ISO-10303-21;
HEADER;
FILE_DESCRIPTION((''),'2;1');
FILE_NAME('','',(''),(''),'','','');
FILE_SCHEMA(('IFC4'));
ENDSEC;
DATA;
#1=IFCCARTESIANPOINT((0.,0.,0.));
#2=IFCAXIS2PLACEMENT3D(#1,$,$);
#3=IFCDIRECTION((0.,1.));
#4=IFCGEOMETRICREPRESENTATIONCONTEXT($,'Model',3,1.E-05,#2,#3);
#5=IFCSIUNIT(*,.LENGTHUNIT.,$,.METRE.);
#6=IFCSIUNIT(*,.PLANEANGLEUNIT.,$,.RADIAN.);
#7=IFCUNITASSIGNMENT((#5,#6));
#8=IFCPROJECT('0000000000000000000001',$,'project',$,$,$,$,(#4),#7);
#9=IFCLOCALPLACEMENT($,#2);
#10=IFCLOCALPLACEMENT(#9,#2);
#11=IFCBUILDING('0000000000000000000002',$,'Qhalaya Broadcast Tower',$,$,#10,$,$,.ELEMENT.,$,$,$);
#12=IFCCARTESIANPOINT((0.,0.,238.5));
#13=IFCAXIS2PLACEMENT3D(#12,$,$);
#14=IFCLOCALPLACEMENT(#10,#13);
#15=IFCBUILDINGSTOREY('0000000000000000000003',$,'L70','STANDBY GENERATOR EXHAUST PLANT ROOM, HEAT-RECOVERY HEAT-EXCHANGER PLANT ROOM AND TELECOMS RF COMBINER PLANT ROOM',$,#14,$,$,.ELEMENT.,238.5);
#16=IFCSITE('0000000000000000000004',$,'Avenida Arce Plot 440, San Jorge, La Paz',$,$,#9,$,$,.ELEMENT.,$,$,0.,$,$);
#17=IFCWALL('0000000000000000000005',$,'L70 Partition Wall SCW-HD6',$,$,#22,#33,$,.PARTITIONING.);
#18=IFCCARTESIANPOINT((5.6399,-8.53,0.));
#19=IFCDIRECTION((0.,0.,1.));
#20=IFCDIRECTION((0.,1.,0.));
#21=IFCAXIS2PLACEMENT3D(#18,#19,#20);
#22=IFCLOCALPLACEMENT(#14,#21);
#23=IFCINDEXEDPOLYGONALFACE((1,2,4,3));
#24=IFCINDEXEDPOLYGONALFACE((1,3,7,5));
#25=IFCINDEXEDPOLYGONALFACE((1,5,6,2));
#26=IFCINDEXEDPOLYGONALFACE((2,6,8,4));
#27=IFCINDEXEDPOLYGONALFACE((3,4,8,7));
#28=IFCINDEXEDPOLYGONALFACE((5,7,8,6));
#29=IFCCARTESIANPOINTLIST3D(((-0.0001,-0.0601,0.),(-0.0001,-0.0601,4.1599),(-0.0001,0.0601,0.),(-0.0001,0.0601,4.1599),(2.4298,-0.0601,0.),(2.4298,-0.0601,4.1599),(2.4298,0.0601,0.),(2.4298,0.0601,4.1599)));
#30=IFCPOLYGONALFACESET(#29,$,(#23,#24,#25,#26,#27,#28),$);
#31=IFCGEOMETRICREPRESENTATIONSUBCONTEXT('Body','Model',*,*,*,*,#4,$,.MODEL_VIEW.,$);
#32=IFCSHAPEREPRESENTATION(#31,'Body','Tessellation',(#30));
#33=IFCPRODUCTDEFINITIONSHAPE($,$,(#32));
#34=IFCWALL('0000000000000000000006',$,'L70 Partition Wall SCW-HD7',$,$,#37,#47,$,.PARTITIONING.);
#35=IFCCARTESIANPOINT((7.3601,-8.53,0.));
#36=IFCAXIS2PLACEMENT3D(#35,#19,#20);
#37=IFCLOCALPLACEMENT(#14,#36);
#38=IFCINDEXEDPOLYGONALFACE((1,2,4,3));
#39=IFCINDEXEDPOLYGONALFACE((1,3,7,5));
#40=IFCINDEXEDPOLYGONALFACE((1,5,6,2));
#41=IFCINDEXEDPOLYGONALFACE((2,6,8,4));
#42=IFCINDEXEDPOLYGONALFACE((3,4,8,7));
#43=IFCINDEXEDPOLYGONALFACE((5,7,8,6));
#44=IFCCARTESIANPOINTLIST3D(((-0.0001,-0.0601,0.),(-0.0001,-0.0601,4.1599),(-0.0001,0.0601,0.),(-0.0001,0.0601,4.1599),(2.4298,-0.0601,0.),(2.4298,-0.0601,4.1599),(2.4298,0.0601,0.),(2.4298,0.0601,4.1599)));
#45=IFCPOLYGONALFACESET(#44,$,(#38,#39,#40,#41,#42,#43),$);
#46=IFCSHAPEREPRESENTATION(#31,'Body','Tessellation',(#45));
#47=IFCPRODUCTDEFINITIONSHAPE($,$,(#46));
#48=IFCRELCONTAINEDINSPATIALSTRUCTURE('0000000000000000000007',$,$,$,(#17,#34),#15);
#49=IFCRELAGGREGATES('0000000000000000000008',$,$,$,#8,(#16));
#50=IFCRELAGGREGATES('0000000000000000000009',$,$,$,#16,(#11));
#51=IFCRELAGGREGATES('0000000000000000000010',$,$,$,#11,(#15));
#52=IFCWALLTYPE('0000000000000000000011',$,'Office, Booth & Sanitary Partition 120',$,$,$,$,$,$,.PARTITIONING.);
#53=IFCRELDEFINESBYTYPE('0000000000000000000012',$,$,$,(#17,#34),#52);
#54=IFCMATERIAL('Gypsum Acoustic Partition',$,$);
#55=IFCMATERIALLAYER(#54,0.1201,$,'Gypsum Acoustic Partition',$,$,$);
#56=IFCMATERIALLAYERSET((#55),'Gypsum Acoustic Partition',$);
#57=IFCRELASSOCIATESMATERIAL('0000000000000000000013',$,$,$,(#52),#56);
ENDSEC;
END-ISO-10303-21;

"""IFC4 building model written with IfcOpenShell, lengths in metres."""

from ifc_helpers import new_model, si_unit, direction, frame, frame_2d, origin, place, context, subcontext, project, spatial, rectangle, extrude, material, layer, layer_set, type_object, element, save


model = new_model("IFC4")

# Units and contexts
model_context = context("Model", 3, precision=1e-05, world=origin(), true_north=direction((0.0, 1.0)))
body_context = subcontext(model_context, "Body", "Model", "MODEL_VIEW")
ifc_project = project(units=[si_unit("LENGTHUNIT", "METRE"), si_unit("PLANEANGLEUNIT", "RADIAN")], contexts=[model_context])

# Site, building, storey
site_placement = place(None, origin())
site = spatial("IfcSite", under=ifc_project, at=site_placement, Name="Avenida Arce Plot 440, San Jorge, La Paz", CompositionType="ELEMENT", RefElevation=0.0)
building_placement = place(site_placement, origin())
building = spatial("IfcBuilding", under=site, at=building_placement, Name="Qhalaya Broadcast Tower", CompositionType="ELEMENT")
storey_placement = place(building_placement, frame((0.0, 0.0, 238.5)))
storey = spatial("IfcBuildingStorey", under=building, at=storey_placement, Name="L70", Description="STANDBY GENERATOR EXHAUST PLANT ROOM, HEAT-RECOVERY HEAT-EXCHANGER PLANT ROOM AND TELECOMS RF COMBINER PLANT ROOM", CompositionType="ELEMENT", Elevation=238.5)

# Shared definitions
ifc_material_1 = material(Name="Gypsum Acoustic Partition")

# Walls
ifc_layer_1 = layer(ifc_material_1, 0.1201, Name="Gypsum Acoustic Partition")
ifc_layer_set_1 = layer_set([ifc_layer_1], Name="Gypsum Acoustic Partition")
wall_type_1 = type_object("IfcWallType", Name="Office, Booth & Sanitary Partition 120", PredefinedType="PARTITIONING", material=ifc_layer_set_1)
for number, where, z_axis, x_axis, name in (
    (1, (5.6399, -8.53, 0.0), (0.0, 0.0, 1.0), (0.0, 1.0, 0.0), "L70 Partition Wall SCW-HD6"),
    (2, (7.3601, -8.53, 0.0), (0.0, 0.0, 1.0), (0.0, 1.0, 0.0), "L70 Partition Wall SCW-HD7"),
):
    element("IfcWall", number, at=place(storey_placement, frame(where, z_axis=z_axis, x_axis=x_axis)), inside=storey, type_object=wall_type_1, Name=name, PredefinedType="PARTITIONING", context=body_context, shape_type="SweptSolid", body=[
        extrude(rectangle(XDim=2.4299, YDim=0.1201, at=frame_2d((1.2148, 0.0))), origin(), (0.0, 0.0, 1.0), 4.1599),
    ])

save(model, "model.ifc")
